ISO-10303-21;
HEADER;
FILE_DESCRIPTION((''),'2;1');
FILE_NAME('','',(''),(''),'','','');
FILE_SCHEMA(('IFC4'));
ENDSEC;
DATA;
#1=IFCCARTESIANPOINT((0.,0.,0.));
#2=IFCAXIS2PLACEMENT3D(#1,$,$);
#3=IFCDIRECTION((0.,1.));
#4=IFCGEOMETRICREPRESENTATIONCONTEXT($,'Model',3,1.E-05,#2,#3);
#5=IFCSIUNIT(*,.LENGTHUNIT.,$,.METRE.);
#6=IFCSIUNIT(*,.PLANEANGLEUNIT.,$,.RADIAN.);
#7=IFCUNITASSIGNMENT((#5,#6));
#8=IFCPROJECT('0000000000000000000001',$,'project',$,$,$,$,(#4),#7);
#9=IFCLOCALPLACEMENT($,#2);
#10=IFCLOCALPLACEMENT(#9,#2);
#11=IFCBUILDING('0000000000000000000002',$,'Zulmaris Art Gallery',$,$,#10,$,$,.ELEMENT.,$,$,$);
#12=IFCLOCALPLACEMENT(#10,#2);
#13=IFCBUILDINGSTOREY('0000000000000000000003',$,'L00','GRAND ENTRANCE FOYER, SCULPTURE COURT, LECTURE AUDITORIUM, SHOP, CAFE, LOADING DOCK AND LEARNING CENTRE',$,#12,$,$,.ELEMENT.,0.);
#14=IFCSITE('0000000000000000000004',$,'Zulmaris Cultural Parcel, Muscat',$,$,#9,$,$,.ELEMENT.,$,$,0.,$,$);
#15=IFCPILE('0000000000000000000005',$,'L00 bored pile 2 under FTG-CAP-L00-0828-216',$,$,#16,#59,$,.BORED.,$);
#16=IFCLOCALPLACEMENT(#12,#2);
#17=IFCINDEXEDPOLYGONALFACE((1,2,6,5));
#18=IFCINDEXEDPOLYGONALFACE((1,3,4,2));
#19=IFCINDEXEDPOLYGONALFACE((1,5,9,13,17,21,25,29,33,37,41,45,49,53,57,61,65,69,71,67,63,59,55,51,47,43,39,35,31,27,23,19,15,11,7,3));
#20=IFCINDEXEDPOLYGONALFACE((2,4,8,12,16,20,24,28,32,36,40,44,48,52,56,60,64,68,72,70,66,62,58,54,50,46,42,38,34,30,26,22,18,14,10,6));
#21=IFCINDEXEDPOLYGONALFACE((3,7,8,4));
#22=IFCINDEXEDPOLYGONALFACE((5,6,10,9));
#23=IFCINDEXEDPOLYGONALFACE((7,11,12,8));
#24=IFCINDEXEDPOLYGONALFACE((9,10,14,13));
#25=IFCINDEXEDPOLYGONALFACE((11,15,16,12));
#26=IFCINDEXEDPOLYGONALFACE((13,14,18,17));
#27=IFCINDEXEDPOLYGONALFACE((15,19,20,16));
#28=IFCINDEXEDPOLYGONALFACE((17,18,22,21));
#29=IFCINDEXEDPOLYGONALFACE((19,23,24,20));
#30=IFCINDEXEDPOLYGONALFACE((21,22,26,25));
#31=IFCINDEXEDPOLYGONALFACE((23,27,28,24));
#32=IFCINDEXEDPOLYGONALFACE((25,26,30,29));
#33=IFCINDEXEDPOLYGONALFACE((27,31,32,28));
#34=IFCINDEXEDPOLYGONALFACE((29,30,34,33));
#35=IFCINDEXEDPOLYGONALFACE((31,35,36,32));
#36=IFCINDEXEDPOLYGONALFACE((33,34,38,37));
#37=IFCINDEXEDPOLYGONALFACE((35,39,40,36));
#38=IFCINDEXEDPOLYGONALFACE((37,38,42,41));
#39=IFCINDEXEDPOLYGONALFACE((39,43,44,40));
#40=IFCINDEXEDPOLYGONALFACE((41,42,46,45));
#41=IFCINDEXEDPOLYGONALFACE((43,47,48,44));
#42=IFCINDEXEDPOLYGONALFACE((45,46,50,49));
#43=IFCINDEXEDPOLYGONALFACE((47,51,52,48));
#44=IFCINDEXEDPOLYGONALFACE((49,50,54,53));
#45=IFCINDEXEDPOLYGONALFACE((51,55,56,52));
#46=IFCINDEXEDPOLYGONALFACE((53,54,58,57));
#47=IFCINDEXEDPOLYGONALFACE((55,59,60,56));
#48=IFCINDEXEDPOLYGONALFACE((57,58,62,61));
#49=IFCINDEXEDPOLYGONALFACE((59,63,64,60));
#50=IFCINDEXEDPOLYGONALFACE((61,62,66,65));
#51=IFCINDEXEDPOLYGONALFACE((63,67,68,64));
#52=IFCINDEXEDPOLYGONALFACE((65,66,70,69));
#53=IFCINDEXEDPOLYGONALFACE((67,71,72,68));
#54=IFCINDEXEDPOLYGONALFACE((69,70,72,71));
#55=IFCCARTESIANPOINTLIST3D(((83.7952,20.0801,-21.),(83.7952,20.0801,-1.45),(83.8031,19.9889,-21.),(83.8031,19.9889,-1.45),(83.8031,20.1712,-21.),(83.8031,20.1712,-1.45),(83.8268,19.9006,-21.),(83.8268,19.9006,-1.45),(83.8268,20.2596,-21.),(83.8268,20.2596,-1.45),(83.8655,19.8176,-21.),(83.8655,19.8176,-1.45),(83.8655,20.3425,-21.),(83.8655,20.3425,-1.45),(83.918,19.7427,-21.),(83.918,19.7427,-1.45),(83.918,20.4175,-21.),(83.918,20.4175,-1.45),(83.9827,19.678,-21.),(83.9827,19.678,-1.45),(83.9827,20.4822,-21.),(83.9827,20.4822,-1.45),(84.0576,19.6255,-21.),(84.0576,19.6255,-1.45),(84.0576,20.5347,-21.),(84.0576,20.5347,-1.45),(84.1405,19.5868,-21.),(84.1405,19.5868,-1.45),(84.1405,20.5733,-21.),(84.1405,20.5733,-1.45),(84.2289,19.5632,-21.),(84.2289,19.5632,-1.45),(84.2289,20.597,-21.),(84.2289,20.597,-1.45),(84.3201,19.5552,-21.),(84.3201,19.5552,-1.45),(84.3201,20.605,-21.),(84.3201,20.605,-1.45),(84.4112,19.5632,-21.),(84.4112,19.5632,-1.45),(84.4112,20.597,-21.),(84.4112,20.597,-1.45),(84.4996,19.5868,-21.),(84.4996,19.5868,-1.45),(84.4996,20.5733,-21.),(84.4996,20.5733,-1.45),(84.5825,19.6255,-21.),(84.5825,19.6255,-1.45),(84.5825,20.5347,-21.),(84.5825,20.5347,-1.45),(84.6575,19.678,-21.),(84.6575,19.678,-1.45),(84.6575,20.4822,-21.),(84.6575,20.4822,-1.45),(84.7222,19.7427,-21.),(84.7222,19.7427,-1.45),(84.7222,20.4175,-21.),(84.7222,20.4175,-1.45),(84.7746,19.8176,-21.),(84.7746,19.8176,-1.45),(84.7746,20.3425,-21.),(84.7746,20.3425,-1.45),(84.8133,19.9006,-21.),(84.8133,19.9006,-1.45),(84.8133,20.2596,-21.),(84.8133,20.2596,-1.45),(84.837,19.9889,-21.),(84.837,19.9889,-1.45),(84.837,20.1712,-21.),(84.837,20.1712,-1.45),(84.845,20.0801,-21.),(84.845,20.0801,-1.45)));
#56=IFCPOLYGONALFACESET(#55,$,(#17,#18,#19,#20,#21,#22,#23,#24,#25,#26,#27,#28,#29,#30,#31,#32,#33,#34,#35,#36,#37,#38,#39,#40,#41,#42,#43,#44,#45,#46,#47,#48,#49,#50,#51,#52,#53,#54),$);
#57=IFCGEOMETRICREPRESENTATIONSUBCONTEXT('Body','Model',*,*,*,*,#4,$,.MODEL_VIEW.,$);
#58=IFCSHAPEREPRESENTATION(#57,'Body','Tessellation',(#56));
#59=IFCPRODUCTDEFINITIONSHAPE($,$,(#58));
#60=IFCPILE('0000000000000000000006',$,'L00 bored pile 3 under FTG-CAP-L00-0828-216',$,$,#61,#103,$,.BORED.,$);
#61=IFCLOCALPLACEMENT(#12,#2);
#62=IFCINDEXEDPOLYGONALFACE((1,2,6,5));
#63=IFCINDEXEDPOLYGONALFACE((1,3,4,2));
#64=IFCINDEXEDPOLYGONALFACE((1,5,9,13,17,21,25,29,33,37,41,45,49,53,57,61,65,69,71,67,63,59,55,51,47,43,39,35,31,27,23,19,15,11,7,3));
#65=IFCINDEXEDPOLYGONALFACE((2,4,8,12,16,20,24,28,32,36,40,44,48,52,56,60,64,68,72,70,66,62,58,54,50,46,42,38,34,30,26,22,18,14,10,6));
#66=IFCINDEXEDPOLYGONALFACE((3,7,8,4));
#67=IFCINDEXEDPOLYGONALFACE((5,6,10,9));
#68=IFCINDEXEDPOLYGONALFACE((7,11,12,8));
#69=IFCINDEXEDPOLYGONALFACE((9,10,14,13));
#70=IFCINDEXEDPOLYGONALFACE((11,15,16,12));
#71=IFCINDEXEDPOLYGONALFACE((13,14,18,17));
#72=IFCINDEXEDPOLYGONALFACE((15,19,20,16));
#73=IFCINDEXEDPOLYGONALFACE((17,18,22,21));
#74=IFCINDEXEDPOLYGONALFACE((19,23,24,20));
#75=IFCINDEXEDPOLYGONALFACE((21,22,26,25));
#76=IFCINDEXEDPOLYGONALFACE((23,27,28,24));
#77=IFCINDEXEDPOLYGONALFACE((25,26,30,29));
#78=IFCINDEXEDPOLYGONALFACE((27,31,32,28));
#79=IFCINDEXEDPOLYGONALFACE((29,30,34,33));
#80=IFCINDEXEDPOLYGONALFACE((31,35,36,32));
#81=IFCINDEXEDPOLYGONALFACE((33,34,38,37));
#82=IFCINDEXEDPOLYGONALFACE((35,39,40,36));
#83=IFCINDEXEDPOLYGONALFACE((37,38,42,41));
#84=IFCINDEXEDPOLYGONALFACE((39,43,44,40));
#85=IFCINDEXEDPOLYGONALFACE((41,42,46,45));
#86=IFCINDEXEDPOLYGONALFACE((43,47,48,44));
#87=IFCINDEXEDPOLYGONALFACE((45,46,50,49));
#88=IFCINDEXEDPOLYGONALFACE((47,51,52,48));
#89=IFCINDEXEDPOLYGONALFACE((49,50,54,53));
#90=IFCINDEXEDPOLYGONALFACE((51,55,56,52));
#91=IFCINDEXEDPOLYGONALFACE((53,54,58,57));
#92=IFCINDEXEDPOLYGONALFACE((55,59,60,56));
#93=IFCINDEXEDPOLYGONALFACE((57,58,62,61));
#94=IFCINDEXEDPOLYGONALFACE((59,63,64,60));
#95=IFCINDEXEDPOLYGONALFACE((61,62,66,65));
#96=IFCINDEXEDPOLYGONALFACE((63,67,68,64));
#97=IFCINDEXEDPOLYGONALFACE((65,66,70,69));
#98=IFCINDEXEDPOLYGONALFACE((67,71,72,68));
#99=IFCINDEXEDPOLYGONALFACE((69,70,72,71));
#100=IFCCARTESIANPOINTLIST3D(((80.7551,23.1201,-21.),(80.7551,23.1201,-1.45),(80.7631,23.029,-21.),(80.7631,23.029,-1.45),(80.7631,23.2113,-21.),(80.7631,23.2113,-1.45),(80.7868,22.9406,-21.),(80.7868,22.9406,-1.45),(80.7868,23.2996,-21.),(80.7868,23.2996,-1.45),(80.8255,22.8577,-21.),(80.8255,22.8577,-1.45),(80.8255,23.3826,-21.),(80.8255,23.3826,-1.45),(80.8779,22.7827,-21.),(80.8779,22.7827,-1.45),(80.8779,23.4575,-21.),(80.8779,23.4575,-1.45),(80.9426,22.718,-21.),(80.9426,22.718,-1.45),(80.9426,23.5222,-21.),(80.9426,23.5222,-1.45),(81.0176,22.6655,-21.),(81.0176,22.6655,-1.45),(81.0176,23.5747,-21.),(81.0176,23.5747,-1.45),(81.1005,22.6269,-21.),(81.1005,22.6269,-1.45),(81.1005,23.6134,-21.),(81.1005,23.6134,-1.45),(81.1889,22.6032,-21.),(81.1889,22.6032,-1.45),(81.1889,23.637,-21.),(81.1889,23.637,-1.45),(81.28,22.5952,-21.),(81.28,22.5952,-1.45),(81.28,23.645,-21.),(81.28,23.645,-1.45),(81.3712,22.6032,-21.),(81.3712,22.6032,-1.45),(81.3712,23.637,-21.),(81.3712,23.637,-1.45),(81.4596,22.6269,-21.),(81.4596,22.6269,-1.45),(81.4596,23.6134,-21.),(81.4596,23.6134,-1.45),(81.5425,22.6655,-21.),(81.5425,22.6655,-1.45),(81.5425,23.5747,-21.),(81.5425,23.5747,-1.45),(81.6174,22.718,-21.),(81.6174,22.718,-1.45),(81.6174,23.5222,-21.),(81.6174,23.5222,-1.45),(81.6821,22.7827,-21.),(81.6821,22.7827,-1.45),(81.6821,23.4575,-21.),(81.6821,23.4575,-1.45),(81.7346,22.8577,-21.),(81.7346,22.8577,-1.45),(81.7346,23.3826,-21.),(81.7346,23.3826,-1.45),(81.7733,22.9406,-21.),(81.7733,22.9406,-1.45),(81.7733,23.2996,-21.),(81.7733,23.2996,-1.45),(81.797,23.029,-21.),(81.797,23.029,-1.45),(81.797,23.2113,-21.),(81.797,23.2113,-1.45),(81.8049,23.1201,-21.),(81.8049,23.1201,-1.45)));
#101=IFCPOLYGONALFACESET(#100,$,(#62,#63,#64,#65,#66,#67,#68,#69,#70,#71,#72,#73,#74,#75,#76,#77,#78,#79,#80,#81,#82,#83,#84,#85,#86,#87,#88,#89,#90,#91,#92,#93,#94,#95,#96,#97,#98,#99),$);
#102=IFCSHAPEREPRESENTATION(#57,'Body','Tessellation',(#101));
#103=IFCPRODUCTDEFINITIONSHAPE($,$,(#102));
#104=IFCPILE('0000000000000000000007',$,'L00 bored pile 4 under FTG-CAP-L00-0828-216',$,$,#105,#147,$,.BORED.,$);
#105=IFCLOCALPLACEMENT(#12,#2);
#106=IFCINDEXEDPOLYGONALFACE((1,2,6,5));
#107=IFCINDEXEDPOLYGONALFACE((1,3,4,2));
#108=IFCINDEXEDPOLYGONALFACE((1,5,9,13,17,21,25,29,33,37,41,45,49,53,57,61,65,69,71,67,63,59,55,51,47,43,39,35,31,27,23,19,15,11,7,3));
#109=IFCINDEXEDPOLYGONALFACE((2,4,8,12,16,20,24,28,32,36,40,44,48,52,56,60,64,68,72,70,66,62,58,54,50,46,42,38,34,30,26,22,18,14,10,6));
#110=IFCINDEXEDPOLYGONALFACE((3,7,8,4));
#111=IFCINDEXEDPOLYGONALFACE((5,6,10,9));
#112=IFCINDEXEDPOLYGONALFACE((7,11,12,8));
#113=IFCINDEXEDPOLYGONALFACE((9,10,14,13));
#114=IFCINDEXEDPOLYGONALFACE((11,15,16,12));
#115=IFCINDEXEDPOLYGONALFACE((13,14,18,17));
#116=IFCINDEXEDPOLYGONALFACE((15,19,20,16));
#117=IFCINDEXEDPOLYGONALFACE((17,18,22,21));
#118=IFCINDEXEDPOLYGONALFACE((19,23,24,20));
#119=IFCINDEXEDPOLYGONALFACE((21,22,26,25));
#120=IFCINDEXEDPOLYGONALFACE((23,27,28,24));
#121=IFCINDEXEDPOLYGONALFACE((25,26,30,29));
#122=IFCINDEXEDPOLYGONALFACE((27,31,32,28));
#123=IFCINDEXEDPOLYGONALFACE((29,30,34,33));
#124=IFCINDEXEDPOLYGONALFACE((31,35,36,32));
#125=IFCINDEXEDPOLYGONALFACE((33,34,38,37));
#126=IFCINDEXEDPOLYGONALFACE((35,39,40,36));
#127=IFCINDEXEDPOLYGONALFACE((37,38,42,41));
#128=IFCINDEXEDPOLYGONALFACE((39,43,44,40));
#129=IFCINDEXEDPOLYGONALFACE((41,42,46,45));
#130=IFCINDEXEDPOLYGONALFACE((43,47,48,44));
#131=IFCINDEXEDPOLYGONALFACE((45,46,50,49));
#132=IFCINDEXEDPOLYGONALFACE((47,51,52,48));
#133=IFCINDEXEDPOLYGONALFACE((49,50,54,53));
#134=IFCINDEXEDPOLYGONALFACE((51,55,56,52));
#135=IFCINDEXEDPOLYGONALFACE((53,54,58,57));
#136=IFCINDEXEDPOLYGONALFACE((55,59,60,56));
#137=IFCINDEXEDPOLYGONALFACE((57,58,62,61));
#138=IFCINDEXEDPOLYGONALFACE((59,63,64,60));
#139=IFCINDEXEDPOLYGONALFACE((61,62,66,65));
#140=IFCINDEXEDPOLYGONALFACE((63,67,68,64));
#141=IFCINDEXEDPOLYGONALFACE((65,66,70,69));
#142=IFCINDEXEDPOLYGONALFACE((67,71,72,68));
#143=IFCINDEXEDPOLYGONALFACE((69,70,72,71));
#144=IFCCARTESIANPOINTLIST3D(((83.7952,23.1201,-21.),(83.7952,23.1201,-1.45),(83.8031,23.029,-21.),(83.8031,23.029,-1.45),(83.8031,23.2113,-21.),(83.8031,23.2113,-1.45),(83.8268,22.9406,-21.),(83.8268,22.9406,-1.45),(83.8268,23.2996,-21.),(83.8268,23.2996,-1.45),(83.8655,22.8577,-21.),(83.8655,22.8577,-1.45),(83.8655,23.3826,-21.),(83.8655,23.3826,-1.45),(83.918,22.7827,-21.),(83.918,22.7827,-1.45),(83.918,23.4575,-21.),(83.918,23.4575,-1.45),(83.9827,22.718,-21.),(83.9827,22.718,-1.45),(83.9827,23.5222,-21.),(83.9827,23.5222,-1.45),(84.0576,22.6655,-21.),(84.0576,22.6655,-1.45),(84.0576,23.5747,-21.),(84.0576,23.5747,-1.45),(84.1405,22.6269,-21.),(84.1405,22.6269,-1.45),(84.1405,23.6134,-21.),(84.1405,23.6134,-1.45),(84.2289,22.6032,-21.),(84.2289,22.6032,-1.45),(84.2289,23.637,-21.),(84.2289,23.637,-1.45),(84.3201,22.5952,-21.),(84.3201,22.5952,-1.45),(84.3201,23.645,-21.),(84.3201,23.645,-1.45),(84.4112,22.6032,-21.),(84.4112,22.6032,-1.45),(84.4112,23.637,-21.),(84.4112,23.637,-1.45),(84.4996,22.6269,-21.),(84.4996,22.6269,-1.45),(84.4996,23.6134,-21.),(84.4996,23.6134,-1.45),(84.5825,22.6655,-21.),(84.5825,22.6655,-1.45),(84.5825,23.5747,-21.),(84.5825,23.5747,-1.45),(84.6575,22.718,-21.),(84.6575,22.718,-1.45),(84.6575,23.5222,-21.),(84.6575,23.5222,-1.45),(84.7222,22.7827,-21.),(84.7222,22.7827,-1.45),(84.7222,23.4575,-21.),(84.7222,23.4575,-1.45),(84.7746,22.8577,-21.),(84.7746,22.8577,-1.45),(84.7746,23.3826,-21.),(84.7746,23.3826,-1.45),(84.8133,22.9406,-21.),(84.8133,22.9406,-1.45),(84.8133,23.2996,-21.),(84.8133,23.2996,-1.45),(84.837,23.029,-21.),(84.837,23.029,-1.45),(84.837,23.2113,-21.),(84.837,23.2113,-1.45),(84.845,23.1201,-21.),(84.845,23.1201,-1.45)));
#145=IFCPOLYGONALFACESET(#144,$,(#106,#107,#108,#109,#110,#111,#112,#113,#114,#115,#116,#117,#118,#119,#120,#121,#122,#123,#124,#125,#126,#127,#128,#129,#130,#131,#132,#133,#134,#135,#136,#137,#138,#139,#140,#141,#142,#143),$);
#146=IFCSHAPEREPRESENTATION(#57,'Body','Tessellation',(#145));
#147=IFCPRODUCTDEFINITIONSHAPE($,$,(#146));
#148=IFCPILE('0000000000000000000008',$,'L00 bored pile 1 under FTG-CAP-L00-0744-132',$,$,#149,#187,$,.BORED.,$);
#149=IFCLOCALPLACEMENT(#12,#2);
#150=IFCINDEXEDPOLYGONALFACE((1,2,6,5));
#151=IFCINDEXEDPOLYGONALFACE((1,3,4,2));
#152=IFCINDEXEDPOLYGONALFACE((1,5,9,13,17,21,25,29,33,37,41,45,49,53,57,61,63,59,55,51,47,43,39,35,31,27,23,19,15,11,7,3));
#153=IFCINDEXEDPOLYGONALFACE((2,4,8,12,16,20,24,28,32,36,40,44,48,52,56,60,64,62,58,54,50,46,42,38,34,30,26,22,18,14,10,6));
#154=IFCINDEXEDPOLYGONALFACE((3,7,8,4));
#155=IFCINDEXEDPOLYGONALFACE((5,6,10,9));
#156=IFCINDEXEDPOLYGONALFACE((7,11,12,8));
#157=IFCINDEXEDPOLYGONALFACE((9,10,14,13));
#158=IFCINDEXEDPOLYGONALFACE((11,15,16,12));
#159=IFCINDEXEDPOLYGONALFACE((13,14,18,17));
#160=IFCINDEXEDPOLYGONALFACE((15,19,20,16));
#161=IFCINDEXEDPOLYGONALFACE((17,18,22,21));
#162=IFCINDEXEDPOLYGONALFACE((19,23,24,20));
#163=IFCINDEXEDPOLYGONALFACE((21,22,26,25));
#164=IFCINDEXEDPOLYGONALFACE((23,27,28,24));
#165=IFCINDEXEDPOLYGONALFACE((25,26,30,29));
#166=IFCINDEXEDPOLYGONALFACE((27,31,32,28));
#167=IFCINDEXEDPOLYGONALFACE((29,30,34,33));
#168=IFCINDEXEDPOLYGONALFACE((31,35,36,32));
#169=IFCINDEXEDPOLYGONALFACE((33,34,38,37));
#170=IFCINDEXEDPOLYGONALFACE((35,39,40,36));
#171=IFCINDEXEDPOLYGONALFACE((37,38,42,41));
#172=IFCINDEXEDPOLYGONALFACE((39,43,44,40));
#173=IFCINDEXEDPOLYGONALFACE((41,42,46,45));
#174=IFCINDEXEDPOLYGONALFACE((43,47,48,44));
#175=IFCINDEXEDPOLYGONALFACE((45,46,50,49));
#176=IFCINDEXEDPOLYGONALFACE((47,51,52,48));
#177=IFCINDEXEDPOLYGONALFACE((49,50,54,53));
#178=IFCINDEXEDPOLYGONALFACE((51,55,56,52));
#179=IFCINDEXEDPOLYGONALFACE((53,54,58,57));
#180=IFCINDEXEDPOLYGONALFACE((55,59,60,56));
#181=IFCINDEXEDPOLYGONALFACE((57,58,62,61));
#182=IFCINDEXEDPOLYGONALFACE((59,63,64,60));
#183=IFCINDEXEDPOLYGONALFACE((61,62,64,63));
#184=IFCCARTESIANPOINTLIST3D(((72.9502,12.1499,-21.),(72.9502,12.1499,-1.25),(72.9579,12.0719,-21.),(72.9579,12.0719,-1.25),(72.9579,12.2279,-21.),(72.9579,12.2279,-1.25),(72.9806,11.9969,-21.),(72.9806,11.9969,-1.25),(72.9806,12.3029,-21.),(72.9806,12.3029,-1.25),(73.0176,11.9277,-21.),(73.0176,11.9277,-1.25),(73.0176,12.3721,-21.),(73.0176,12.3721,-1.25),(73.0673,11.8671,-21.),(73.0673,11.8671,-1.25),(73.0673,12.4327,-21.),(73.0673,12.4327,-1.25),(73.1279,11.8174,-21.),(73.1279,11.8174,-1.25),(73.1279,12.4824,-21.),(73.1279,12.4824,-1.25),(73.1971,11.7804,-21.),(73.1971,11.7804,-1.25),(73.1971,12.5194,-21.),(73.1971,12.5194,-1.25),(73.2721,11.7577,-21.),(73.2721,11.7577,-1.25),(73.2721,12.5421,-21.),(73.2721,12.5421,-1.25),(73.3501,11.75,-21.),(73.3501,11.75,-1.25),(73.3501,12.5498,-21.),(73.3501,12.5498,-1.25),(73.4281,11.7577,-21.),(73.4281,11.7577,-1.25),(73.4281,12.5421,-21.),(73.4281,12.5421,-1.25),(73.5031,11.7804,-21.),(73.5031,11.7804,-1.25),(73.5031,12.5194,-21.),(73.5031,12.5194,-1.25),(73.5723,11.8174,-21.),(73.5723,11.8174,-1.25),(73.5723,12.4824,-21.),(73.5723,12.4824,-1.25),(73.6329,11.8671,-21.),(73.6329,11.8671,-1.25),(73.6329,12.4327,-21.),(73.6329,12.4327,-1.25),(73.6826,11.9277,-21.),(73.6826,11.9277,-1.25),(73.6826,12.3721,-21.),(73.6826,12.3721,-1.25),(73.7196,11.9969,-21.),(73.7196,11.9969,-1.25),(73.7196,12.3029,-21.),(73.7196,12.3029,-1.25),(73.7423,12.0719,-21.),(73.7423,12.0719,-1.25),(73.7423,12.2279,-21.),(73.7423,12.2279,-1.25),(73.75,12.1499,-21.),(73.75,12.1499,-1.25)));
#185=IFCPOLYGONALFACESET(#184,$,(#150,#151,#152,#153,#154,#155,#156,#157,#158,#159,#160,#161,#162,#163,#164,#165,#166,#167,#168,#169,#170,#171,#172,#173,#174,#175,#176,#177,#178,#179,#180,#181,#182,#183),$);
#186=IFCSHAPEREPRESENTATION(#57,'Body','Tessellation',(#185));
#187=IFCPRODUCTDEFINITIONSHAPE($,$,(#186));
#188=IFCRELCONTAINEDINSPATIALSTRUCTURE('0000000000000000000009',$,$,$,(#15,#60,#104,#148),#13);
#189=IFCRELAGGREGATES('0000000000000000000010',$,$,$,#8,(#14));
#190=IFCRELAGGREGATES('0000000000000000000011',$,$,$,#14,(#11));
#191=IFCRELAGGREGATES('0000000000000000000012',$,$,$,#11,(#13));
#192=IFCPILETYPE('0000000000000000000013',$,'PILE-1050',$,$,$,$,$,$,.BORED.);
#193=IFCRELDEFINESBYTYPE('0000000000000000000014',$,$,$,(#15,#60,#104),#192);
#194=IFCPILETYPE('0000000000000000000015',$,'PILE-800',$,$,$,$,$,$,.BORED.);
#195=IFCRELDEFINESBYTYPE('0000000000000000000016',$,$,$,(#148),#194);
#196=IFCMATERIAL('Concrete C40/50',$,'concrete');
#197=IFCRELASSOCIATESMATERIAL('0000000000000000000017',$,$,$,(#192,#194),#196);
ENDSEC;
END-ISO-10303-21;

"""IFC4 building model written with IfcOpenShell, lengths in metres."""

from ifc_helpers import new_model, si_unit, direction, frame, origin, origin_2d, place, context, subcontext, project, spatial, circle, extrude, material, material_profile, profile_set, type_object, element, save


model = new_model("IFC4")

# Units and contexts
model_context = context("Model", 3, precision=1e-05, world=origin(), true_north=direction((0.0, 1.0)))
body_context = subcontext(model_context, "Body", "Model", "MODEL_VIEW")
ifc_project = project(units=[si_unit("LENGTHUNIT", "METRE"), si_unit("PLANEANGLEUNIT", "RADIAN")], contexts=[model_context])

# Site, building, storey
site_placement = place(None, origin())
site = spatial("IfcSite", under=ifc_project, at=site_placement, Name="Zulmaris Cultural Parcel, Muscat", CompositionType="ELEMENT", RefElevation=0.0)
building_placement = place(site_placement, origin())
building = spatial("IfcBuilding", under=site, at=building_placement, Name="Zulmaris Art Gallery", CompositionType="ELEMENT")
storey_placement = place(building_placement, origin())
storey = spatial("IfcBuildingStorey", under=building, at=storey_placement, Name="L00", Description="GRAND ENTRANCE FOYER, SCULPTURE COURT, LECTURE AUDITORIUM, SHOP, CAFE, LOADING DOCK AND LEARNING CENTRE", CompositionType="ELEMENT", Elevation=0.0)

# Piles
ifc_material_1 = material(Name="Concrete C40/50", Category="concrete")
ifc_material_profile_1 = material_profile(ifc_material_1, circle(Radius=0.5249, at=origin_2d()), Name="PILE DIA 1050")
ifc_profile_set_1 = profile_set([ifc_material_profile_1], Name="Concrete C40/50")
pile_type_1 = type_object("IfcPileType", Name="PILE-1050", PredefinedType="BORED", material=ifc_profile_set_1)
for number, where, z_axis, x_axis, name in (
    (1, (84.3201, 20.0801, -1.45), (0.0, 0.0, -1.0), (1.0, 0.0, 0.0), "L00 bored pile 2 under FTG-CAP-L00-0828-216"),
    (2, (81.28, 23.1201, -1.45), (0.0, 0.0, -1.0), (1.0, 0.0, 0.0), "L00 bored pile 3 under FTG-CAP-L00-0828-216"),
    (3, (84.3201, 23.1201, -1.45), (0.0, 0.0, -1.0), (1.0, 0.0, 0.0), "L00 bored pile 4 under FTG-CAP-L00-0828-216"),
):
    element("IfcPile", number, at=place(storey_placement, frame(where, z_axis=z_axis, x_axis=x_axis)), inside=storey, type_object=pile_type_1, Name=name, PredefinedType="BORED", context=body_context, shape_type="SweptSolid", body=[
        extrude(circle(Radius=0.5249, at=origin_2d()), origin(), (0.0, 0.0, 1.0), 19.55),
    ])
ifc_material_profile_2 = material_profile(ifc_material_1, circle(Radius=0.3999, at=origin_2d()), Name="PILE DIA 800")
ifc_profile_set_2 = profile_set([ifc_material_profile_2], Name="Concrete C40/50")
pile_type_2 = type_object("IfcPileType", Name="PILE-800", PredefinedType="BORED", material=ifc_profile_set_2)
for number, where, z_axis, x_axis, name in (
    (4, (73.3501, 12.1499, -1.25), (0.0, 0.0, -1.0), (1.0, 0.0, 0.0), "L00 bored pile 1 under FTG-CAP-L00-0744-132"),
):
    element("IfcPile", number, at=place(storey_placement, frame(where, z_axis=z_axis, x_axis=x_axis)), inside=storey, type_object=pile_type_2, Name=name, PredefinedType="BORED", context=body_context, shape_type="SweptSolid", body=[
        extrude(circle(Radius=0.3999, at=origin_2d()), origin(), (0.0, 0.0, 1.0), 19.75),
    ])

save(model, "model.ifc")
